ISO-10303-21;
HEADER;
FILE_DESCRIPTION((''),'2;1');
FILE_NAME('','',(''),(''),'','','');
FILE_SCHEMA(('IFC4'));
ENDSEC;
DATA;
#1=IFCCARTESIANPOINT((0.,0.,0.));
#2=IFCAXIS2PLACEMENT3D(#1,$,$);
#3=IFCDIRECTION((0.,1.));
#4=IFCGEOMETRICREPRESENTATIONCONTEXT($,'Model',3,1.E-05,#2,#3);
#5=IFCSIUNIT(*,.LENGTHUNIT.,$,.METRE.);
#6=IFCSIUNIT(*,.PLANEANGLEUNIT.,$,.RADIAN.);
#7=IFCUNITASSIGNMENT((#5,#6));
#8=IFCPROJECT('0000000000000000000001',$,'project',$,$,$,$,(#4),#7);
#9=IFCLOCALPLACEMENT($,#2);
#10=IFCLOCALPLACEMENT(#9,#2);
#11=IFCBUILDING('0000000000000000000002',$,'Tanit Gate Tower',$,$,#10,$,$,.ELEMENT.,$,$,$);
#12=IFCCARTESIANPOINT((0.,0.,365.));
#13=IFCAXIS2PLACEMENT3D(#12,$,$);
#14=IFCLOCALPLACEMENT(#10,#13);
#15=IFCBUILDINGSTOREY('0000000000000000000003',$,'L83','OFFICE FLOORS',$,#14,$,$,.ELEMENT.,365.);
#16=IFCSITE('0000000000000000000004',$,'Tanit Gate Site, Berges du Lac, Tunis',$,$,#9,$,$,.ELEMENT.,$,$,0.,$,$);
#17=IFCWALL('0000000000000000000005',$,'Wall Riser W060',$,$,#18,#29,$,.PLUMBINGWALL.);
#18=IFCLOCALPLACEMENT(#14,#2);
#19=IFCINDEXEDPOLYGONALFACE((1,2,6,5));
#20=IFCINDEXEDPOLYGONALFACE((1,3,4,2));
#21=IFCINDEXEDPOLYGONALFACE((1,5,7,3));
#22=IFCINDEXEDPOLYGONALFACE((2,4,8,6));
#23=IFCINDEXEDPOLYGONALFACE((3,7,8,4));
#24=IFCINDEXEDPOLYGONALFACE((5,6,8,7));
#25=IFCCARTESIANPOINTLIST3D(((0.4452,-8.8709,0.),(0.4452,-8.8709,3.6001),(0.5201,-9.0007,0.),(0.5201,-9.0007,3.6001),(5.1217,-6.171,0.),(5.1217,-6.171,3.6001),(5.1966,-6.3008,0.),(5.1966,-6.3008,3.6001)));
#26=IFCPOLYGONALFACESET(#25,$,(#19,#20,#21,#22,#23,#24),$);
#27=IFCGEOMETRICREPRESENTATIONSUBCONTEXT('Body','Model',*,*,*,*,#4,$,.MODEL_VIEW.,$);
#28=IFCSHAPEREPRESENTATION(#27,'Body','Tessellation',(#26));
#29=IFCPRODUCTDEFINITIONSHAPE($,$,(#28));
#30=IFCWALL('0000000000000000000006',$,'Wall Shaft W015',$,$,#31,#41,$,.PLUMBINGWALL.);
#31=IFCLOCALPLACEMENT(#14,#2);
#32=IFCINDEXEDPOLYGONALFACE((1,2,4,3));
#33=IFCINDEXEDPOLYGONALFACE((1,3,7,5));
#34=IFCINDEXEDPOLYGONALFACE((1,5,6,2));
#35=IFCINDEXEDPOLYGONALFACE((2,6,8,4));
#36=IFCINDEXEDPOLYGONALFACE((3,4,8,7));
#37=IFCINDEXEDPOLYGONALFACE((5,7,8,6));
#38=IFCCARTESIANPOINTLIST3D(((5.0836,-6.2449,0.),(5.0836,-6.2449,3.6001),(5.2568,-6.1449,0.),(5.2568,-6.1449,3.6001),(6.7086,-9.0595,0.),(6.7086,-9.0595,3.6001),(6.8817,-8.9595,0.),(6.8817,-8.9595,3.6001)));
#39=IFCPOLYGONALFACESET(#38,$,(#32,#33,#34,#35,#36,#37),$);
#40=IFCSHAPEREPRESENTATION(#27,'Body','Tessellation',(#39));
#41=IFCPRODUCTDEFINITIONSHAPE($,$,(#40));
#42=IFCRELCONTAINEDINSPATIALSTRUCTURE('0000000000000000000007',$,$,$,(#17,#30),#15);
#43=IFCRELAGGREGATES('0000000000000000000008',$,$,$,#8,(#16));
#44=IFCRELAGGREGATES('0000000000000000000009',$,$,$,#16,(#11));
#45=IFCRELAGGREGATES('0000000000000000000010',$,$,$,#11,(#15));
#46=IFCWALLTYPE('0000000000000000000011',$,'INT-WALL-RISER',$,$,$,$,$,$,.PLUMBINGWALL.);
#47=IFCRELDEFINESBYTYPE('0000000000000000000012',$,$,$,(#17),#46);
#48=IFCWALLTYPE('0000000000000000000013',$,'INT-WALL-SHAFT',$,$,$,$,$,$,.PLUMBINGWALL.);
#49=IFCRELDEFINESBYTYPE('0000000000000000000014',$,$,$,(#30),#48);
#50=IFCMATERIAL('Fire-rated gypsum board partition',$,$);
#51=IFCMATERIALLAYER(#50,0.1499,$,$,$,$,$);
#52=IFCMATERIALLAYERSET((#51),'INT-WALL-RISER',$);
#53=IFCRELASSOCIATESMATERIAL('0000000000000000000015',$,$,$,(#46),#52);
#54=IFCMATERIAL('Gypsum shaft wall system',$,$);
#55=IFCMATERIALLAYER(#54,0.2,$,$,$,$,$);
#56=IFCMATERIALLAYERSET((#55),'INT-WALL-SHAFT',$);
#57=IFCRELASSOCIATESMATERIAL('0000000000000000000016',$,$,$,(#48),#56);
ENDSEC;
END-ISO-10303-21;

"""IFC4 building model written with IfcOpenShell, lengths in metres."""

from ifc_helpers import new_model, si_unit, direction, frame, frame_2d, origin, place, context, subcontext, project, spatial, rectangle, extrude, material, layer, layer_set, type_object, element, save


model = new_model("IFC4")

# Units and contexts
model_context = context("Model", 3, precision=1e-05, world=origin(), true_north=direction((0.0, 1.0)))
body_context = subcontext(model_context, "Body", "Model", "MODEL_VIEW")
ifc_project = project(units=[si_unit("LENGTHUNIT", "METRE"), si_unit("PLANEANGLEUNIT", "RADIAN")], contexts=[model_context])

# Site, building, storey
site_placement = place(None, origin())
site = spatial("IfcSite", under=ifc_project, at=site_placement, Name="Tanit Gate Site, Berges du Lac, Tunis", CompositionType="ELEMENT", RefElevation=0.0)
building_placement = place(site_placement, origin())
building = spatial("IfcBuilding", under=site, at=building_placement, Name="Tanit Gate Tower", CompositionType="ELEMENT")
storey_placement = place(building_placement, frame((0.0, 0.0, 365.0)))
storey = spatial("IfcBuildingStorey", under=building, at=storey_placement, Name="L83", Description="OFFICE FLOORS", CompositionType="ELEMENT", Elevation=365.0)

# Walls
ifc_material_1 = material(Name="Fire-rated gypsum board partition")
ifc_layer_1 = layer(ifc_material_1, 0.1499)
ifc_layer_set_1 = layer_set([ifc_layer_1], Name="INT-WALL-RISER")
wall_type_1 = type_object("IfcWallType", Name="INT-WALL-RISER", PredefinedType="PLUMBINGWALL", material=ifc_layer_set_1)
wall_1_placement = place(storey_placement, frame((0.4827, -8.9358, 0.0), z_axis=(0.0, 0.0, 1.0), x_axis=(0.866028, 0.499995, 0.0)))
element("IfcWall", 1, at=wall_1_placement, inside=storey, type_object=wall_type_1, Name="Wall Riser W060", PredefinedType="PLUMBINGWALL", context=body_context, shape_type="SweptSolid", body=[
    extrude(rectangle(XDim=5.3999, YDim=0.1499, at=frame_2d((2.7, 0.0))), origin(), (0.0, 0.0, 1.0), 3.6001),
])
ifc_material_2 = material(Name="Gypsum shaft wall system")
ifc_layer_2 = layer(ifc_material_2, 0.2)
ifc_layer_set_2 = layer_set([ifc_layer_2], Name="INT-WALL-SHAFT")
wall_type_2 = type_object("IfcWallType", Name="INT-WALL-SHAFT", PredefinedType="PLUMBINGWALL", material=ifc_layer_set_2)
wall_2_placement = place(storey_placement, frame((6.7952, -9.0095, 0.0), z_axis=(0.0, 0.0, 1.0), x_axis=(-0.499985, 0.866034, 0.0)))
element("IfcWall", 2, at=wall_2_placement, inside=storey, type_object=wall_type_2, Name="Wall Shaft W015", PredefinedType="PLUMBINGWALL", context=body_context, shape_type="SweptSolid", body=[
    extrude(rectangle(XDim=3.25, YDim=0.2, at=frame_2d((1.625, 0.0))), origin(), (0.0, 0.0, 1.0), 3.6001),
])

save(model, "model.ifc")
